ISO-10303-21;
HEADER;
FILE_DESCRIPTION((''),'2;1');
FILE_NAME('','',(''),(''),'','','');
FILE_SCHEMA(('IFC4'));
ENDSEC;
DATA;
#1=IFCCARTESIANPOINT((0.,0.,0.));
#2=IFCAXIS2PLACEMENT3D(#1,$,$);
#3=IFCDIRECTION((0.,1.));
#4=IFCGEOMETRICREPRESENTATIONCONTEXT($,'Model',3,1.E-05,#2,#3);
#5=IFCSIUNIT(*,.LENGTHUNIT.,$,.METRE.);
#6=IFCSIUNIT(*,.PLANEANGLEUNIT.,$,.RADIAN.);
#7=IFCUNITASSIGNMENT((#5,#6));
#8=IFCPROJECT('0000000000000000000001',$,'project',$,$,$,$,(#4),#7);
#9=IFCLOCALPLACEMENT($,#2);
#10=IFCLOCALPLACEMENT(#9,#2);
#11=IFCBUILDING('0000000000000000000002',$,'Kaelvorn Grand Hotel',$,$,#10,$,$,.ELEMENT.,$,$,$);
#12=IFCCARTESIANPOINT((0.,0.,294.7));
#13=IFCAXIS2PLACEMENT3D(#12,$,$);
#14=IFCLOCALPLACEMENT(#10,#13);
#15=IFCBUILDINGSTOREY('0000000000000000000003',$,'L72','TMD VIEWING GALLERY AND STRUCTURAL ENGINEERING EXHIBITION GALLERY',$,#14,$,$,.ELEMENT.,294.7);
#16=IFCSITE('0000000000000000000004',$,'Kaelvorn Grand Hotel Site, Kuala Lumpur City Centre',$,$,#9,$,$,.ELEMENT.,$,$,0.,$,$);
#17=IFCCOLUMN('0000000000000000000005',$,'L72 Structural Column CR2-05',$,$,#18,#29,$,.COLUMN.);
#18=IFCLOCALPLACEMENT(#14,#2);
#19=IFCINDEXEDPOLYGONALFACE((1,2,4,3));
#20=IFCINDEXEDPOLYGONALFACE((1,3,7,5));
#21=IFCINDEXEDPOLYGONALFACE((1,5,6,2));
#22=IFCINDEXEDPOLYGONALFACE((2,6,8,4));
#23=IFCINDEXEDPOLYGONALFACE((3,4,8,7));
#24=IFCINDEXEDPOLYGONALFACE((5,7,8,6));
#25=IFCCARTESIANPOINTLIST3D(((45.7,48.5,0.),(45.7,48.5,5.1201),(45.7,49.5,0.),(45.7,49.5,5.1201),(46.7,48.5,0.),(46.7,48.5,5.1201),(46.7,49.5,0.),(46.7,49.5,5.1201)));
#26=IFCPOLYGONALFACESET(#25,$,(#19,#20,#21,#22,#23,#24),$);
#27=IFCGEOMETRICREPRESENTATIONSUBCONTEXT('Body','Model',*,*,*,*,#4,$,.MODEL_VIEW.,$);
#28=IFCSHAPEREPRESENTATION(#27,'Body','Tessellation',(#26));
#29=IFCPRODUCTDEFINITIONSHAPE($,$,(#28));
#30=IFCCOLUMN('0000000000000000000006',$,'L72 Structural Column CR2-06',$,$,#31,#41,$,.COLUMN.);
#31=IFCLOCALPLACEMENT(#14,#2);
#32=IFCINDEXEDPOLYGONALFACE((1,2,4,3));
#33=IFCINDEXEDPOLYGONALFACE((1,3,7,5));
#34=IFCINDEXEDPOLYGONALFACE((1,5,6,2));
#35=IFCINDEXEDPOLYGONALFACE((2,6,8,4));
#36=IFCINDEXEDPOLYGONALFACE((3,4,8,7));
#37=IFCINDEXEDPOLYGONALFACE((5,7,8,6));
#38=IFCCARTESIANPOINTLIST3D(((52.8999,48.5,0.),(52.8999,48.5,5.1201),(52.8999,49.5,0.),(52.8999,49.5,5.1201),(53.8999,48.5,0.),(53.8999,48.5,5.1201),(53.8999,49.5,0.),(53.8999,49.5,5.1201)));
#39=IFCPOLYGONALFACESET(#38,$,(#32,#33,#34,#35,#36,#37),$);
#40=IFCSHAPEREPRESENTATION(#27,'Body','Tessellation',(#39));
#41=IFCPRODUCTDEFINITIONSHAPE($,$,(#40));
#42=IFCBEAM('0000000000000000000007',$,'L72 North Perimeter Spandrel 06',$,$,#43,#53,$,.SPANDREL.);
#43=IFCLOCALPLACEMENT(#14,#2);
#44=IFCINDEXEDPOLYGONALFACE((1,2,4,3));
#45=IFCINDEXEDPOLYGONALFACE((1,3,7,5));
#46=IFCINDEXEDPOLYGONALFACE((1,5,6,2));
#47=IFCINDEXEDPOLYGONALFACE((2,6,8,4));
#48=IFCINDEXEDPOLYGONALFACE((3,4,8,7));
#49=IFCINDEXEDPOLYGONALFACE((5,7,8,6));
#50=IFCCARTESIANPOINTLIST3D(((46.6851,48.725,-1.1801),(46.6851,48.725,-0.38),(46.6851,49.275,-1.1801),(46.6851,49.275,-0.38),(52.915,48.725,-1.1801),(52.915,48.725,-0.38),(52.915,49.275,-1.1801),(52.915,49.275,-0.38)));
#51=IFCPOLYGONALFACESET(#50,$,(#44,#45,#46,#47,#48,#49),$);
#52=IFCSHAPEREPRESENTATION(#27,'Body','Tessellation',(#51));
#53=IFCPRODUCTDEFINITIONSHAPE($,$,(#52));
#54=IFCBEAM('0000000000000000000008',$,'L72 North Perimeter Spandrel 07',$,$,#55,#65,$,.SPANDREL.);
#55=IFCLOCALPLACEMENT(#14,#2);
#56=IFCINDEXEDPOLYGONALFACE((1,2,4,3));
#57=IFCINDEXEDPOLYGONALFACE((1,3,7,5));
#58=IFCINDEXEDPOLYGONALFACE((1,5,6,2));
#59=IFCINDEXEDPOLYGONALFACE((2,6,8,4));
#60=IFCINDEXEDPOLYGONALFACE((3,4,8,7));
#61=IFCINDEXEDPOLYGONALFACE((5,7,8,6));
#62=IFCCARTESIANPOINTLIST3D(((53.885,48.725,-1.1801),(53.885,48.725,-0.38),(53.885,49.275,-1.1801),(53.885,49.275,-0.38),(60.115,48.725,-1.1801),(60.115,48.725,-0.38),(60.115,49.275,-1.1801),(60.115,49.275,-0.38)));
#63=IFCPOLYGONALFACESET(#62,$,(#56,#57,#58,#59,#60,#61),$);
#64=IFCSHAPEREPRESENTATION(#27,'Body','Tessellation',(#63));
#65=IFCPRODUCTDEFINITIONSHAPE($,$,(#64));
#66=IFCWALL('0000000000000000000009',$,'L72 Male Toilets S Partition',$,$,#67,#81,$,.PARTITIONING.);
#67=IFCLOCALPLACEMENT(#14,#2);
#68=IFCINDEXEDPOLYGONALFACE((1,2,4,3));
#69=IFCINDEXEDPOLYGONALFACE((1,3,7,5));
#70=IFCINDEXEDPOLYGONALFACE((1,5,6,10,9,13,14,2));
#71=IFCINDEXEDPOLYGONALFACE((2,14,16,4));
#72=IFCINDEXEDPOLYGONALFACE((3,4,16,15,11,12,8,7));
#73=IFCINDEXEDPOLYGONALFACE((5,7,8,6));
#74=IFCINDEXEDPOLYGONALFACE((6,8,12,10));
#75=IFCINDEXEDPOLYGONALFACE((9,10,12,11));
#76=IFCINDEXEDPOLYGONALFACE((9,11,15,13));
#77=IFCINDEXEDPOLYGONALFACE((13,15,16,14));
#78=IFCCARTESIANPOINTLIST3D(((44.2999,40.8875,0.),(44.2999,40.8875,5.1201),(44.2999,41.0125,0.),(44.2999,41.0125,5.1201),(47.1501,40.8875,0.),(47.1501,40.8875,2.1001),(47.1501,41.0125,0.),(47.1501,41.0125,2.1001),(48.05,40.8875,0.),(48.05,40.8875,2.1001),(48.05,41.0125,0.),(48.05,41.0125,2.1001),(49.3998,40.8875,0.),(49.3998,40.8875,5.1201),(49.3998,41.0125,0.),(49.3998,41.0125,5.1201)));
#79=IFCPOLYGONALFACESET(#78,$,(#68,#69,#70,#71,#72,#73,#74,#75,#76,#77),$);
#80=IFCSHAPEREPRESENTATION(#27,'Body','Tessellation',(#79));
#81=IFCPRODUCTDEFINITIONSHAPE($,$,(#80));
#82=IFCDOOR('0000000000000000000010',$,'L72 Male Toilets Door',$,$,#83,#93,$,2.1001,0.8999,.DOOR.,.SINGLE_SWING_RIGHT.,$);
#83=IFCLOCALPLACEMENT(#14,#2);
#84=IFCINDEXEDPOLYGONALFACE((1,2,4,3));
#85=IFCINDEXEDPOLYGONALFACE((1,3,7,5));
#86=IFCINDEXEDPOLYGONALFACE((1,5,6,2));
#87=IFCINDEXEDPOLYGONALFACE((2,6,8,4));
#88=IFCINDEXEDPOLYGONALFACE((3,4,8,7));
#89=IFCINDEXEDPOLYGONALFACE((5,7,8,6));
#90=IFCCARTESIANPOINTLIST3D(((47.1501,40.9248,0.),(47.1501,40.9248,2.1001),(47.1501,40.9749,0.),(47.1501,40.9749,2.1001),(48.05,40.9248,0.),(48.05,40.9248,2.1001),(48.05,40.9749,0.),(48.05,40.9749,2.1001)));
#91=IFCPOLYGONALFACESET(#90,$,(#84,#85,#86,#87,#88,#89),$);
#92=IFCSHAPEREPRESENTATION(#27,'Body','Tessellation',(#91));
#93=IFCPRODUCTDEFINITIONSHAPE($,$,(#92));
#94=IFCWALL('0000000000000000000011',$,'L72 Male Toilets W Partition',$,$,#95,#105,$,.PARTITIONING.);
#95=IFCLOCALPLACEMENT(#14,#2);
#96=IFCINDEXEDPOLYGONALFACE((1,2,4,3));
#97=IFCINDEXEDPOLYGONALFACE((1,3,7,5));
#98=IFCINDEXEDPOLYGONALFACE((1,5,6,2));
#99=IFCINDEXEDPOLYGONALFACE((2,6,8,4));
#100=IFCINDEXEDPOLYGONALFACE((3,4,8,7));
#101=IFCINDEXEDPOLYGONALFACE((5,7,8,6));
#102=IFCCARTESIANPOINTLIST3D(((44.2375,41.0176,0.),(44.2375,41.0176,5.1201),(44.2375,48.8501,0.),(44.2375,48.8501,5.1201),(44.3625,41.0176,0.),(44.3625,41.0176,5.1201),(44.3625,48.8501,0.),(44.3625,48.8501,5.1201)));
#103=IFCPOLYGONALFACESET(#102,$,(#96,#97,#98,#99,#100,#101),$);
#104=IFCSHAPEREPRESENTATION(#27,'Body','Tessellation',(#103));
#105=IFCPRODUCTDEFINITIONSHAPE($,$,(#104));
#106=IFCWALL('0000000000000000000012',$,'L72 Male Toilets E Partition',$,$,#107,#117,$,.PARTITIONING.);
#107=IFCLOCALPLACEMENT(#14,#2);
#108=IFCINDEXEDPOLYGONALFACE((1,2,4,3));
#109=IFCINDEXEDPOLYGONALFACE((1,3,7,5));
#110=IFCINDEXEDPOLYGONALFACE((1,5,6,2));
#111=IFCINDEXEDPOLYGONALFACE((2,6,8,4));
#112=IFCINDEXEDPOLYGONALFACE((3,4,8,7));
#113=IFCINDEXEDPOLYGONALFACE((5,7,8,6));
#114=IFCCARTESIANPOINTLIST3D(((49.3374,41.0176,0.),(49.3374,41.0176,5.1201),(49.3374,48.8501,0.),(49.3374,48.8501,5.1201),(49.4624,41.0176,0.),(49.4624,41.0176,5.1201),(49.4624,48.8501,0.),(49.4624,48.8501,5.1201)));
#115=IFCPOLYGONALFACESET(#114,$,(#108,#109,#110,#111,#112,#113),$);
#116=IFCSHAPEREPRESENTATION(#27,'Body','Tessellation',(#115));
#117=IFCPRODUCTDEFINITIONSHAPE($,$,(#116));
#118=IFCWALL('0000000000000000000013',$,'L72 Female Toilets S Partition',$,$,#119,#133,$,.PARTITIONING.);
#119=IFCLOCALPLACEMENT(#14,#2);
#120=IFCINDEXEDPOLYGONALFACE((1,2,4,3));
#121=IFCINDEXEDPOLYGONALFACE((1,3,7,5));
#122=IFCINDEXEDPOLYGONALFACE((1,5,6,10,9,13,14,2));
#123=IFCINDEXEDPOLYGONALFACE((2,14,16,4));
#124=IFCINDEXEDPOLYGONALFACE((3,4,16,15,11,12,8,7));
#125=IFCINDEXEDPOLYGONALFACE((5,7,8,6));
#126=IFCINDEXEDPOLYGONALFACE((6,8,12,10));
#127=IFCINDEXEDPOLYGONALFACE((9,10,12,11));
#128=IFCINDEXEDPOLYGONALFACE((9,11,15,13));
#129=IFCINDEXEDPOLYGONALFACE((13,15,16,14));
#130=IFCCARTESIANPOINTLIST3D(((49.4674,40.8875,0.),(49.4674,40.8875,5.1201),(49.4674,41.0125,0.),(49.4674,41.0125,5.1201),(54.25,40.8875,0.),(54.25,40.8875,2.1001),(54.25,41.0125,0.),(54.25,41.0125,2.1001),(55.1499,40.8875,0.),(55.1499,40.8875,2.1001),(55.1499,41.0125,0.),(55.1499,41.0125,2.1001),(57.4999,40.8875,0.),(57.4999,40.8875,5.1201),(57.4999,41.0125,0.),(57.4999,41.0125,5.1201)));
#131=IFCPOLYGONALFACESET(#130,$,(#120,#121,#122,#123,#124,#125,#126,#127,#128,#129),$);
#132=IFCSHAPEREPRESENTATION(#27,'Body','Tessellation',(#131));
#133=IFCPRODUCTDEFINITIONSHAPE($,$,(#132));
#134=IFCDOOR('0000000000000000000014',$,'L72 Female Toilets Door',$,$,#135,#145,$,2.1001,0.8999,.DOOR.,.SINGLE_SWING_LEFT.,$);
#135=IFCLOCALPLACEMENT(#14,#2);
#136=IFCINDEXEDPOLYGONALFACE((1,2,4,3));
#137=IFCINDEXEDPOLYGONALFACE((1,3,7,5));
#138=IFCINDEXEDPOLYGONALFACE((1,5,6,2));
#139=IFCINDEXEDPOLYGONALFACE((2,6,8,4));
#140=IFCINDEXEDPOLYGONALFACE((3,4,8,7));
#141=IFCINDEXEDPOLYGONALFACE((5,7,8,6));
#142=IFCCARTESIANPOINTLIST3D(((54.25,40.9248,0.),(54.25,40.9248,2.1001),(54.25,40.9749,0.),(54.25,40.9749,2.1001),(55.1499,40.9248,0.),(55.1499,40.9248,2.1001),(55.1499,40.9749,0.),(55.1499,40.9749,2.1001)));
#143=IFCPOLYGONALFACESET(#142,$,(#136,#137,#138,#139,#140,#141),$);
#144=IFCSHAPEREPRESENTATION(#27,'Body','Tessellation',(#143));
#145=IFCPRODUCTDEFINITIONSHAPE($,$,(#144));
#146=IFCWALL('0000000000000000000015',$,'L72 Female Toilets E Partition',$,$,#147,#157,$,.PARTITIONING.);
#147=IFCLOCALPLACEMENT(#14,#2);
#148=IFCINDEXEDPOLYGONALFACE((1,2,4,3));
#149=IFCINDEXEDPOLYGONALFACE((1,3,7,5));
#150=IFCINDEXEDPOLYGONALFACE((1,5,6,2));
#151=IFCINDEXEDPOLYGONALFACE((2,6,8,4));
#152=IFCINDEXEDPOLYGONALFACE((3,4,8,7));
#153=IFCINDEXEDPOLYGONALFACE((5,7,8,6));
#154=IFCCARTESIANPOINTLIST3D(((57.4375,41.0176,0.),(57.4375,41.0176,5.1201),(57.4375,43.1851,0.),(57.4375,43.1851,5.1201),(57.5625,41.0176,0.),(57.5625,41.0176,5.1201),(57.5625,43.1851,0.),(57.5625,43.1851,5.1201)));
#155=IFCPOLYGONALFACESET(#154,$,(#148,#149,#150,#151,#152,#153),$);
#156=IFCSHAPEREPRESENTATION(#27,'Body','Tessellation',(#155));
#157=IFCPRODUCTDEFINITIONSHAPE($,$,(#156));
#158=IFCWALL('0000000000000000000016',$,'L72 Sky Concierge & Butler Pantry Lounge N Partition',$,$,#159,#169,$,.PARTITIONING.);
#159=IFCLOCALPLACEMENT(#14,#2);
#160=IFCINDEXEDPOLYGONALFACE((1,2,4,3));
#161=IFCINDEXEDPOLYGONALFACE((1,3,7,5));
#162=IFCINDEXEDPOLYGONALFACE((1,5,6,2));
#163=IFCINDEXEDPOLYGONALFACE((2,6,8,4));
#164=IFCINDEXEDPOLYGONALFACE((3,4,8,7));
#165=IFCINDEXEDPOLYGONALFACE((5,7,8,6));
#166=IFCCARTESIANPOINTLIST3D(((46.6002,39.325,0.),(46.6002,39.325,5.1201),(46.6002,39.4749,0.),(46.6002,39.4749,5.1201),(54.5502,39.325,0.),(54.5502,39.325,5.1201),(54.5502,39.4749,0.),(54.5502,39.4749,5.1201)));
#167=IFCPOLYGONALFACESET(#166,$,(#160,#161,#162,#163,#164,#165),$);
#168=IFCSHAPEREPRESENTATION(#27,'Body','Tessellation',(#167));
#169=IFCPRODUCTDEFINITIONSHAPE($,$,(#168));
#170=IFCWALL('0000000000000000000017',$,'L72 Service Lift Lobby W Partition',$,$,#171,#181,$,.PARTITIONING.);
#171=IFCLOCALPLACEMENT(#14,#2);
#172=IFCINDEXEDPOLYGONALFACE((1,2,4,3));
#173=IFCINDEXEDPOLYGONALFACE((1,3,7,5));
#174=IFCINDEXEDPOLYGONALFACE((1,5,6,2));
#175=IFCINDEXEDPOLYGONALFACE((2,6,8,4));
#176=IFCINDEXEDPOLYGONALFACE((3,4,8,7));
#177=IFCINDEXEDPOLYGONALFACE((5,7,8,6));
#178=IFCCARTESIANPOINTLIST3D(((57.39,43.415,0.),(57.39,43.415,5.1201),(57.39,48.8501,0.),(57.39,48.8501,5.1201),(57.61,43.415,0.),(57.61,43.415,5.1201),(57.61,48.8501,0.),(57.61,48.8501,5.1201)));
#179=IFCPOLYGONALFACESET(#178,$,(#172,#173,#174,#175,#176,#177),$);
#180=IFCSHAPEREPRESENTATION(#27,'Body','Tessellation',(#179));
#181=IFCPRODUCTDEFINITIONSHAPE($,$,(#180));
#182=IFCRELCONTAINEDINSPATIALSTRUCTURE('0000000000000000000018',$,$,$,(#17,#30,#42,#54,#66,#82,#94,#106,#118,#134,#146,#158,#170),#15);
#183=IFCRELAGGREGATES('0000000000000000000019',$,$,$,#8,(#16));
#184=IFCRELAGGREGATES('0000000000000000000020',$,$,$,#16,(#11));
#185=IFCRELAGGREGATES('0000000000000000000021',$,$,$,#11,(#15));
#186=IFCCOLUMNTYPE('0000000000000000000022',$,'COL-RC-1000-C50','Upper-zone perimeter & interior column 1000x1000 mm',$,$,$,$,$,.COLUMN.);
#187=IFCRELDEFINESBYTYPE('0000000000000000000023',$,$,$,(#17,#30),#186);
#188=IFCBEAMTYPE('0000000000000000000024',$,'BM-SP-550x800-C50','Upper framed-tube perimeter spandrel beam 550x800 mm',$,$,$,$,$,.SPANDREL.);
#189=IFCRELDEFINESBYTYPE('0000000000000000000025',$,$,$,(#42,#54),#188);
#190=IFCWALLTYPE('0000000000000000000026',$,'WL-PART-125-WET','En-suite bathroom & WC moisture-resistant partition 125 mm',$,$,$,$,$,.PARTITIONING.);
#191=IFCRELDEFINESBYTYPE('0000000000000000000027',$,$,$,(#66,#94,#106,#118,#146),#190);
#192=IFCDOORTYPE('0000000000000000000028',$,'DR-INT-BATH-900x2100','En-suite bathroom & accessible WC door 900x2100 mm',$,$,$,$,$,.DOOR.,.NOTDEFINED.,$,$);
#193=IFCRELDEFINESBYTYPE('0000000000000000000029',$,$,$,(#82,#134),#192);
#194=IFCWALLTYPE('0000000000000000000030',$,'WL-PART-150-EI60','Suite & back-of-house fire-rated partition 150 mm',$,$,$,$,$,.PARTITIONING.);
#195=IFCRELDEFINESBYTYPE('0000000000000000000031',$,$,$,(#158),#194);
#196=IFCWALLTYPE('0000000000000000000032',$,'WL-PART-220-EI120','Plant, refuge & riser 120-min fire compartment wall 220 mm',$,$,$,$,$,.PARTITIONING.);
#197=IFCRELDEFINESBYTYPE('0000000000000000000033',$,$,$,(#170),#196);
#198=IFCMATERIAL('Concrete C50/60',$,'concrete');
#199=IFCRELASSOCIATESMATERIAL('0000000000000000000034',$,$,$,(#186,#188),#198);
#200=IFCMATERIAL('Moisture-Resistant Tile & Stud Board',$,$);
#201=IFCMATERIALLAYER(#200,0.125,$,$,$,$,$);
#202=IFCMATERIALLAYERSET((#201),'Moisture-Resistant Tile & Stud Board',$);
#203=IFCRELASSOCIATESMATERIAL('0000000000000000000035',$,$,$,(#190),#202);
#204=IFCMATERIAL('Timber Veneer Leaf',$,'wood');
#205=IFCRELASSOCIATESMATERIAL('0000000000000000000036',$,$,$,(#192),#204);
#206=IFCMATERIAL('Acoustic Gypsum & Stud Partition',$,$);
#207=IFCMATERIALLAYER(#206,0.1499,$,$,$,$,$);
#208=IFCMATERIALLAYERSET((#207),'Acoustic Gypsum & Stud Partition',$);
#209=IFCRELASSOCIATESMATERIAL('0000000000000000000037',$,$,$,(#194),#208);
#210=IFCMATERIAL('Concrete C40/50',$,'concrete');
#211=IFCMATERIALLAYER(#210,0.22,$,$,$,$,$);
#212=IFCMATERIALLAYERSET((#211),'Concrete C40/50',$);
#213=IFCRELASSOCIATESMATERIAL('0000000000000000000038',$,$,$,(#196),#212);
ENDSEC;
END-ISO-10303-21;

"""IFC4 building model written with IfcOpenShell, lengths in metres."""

from ifc_helpers import new_model, si_unit, direction, frame, frame_2d, origin, origin_2d, place, context, subcontext, project, spatial, rectangle, extrude, material, layer, layer_set, material_profile, profile_set, type_object, element, fill, save


model = new_model("IFC4")

# Units and contexts
model_context = context("Model", 3, precision=1e-05, world=origin(), true_north=direction((0.0, 1.0)))
body_context = subcontext(model_context, "Body", "Model", "MODEL_VIEW")
ifc_project = project(units=[si_unit("LENGTHUNIT", "METRE"), si_unit("PLANEANGLEUNIT", "RADIAN")], contexts=[model_context])

# Site, building, storey
site_placement = place(None, origin())
site = spatial("IfcSite", under=ifc_project, at=site_placement, Name="Kaelvorn Grand Hotel Site, Kuala Lumpur City Centre", CompositionType="ELEMENT", RefElevation=0.0)
building_placement = place(site_placement, origin())
building = spatial("IfcBuilding", under=site, at=building_placement, Name="Kaelvorn Grand Hotel", CompositionType="ELEMENT")
storey_placement = place(building_placement, frame((0.0, 0.0, 294.7)))
storey = spatial("IfcBuildingStorey", under=building, at=storey_placement, Name="L72", Description="TMD VIEWING GALLERY AND STRUCTURAL ENGINEERING EXHIBITION GALLERY", CompositionType="ELEMENT", Elevation=294.7)

# Columns
ifc_material_1 = material(Name="Concrete C50/60", Category="concrete")
ifc_material_profile_1 = material_profile(ifc_material_1, rectangle(XDim=1.0, YDim=1.0, at=origin_2d()), Name="RC COL 1000x1000")
ifc_profile_set_1 = profile_set([ifc_material_profile_1], Name="Concrete C50/60")
column_type = type_object("IfcColumnType", Name="COL-RC-1000-C50", Description="Upper-zone perimeter & interior column 1000x1000 mm", PredefinedType="COLUMN", material=ifc_profile_set_1)
for number, where, z_axis, x_axis, name in (
    (1, (46.2, 49.0, 0.0), (0.0, 0.0, 1.0), (1.0, 0.0, 0.0), "L72 Structural Column CR2-05"),
    (2, (53.3999, 49.0, 0.0), (0.0, 0.0, 1.0), (1.0, 0.0, 0.0), "L72 Structural Column CR2-06"),
):
    element("IfcColumn", number, at=place(storey_placement, frame(where, z_axis=z_axis, x_axis=x_axis)), inside=storey, type_object=column_type, Name=name, PredefinedType="COLUMN", context=body_context, shape_type="SweptSolid", body=[
        extrude(rectangle(XDim=1.0, YDim=1.0, at=origin_2d()), origin(), (0.0, 0.0, 1.0), 5.1201),
    ])

# Beams
ifc_material_profile_2 = material_profile(ifc_material_1, rectangle(XDim=0.55, YDim=0.8, at=origin_2d()), Name="RC SPANDREL 550x800")
ifc_profile_set_2 = profile_set([ifc_material_profile_2], Name="Concrete C50/60")
beam_type = type_object("IfcBeamType", Name="BM-SP-550x800-C50", Description="Upper framed-tube perimeter spandrel beam 550x800 mm", PredefinedType="SPANDREL", material=ifc_profile_set_2)
for number, where, z_axis, x_axis, name in (
    (3, (46.6851, 49.0, -0.78), (1.0, 0.0, 0.0), (0.0, 1.0, 0.0), "L72 North Perimeter Spandrel 06"),
    (4, (53.885, 49.0, -0.78), (1.0, 0.0, 0.0), (0.0, 1.0, 0.0), "L72 North Perimeter Spandrel 07"),
):
    element("IfcBeam", number, at=place(storey_placement, frame(where, z_axis=z_axis, x_axis=x_axis)), inside=storey, type_object=beam_type, Name=name, PredefinedType="SPANDREL", context=body_context, shape_type="SweptSolid", body=[
        extrude(rectangle(XDim=0.55, YDim=0.8, at=origin_2d()), origin(), (0.0, 0.0, 1.0), 6.23),
    ])

# Wall, opening, door
ifc_material_2 = material(Name="Moisture-Resistant Tile & Stud Board")
ifc_layer_1 = layer(ifc_material_2, 0.125)
ifc_layer_set_1 = layer_set([ifc_layer_1], Name="Moisture-Resistant Tile & Stud Board")
wall_type_1 = type_object("IfcWallType", Name="WL-PART-125-WET", Description="En-suite bathroom & WC moisture-resistant partition 125 mm", PredefinedType="PARTITIONING", material=ifc_layer_set_1)
wall_1_placement = place(storey_placement, frame((44.3, 40.95, 0.0), z_axis=(0.0, 0.0, 1.0), x_axis=(1.0, 0.0, 0.0)))
wall_1 = element("IfcWall", 5, at=wall_1_placement, inside=storey, type_object=wall_type_1, Name="L72 Male Toilets S Partition", PredefinedType="PARTITIONING", context=body_context, shape_type="SweptSolid", body=[
    extrude(rectangle(XDim=5.0999, YDim=0.125, at=frame_2d((2.5498, 0.0))), origin(), (0.0, 0.0, 1.0), 5.1201),
])
opening_1_placement = place(wall_1_placement, frame((2.8501, 0.0, 0.0)))
opening_1 = element("IfcOpeningElement", 6, at=opening_1_placement, cuts=wall_1, PredefinedType="OPENING", context=body_context, shape_type="SweptSolid", body=[
    extrude(rectangle(XDim=0.8999, YDim=2.1001, at=frame_2d((0.45, 1.05))), frame((0.0, 0.0725, 0.0), z_axis=(0.0, -1.0, 0.0), x_axis=(1.0, 0.0, 0.0)), (0.0, 0.0, 1.0), 0.145),
])
ifc_material_3 = material(Name="Timber Veneer Leaf", Category="wood")
door_type_1 = type_object("IfcDoorType", Name="DR-INT-BATH-900x2100", Description="En-suite bathroom & accessible WC door 900x2100 mm", OperationType="NOTDEFINED", PredefinedType="DOOR", material=ifc_material_3)
door_1_placement = place(opening_1_placement, origin())
door_1 = element("IfcDoor", 7, at=door_1_placement, inside=storey, type_object=door_type_1, Name="L72 Male Toilets Door", OperationType="SINGLE_SWING_RIGHT", OverallHeight=2.1001, OverallWidth=0.8999, PredefinedType="DOOR", context=body_context, shape_type="SweptSolid", body=[
    extrude(rectangle(XDim=0.8999, YDim=2.1001, at=frame_2d((0.45, 1.05))), frame((0.0, 0.0249, 0.0), z_axis=(0.0, -1.0, 0.0), x_axis=(1.0, 0.0, 0.0)), (0.0, 0.0, 1.0), 0.05),
])
fill(opening_1, door_1)

# Walls
for number, where, z_axis, x_axis, name in (
    (8, (44.3, 41.0176, 0.0), (0.0, 0.0, 1.0), (0.0, 1.0, 0.0), "L72 Male Toilets W Partition"),
    (9, (49.3999, 41.0176, 0.0), (0.0, 0.0, 1.0), (0.0, 1.0, 0.0), "L72 Male Toilets E Partition"),
):
    element("IfcWall", number, at=place(storey_placement, frame(where, z_axis=z_axis, x_axis=x_axis)), inside=storey, type_object=wall_type_1, Name=name, PredefinedType="PARTITIONING", context=body_context, shape_type="SweptSolid", body=[
        extrude(rectangle(XDim=7.8325, YDim=0.125, at=frame_2d((3.9163, 0.0))), origin(), (0.0, 0.0, 1.0), 5.1201),
    ])

# Wall, opening, door
wall_2_placement = place(storey_placement, frame((49.4675, 40.95, 0.0), z_axis=(0.0, 0.0, 1.0), x_axis=(1.0, 0.0, 0.0)))
wall_2 = element("IfcWall", 10, at=wall_2_placement, inside=storey, type_object=wall_type_1, Name="L72 Female Toilets S Partition", PredefinedType="PARTITIONING", context=body_context, shape_type="SweptSolid", body=[
    extrude(rectangle(XDim=8.0325, YDim=0.125, at=frame_2d((4.0161, 0.0))), origin(), (0.0, 0.0, 1.0), 5.1201),
])
opening_2_placement = place(wall_2_placement, frame((4.7825, 0.0, 0.0)))
opening_2 = element("IfcOpeningElement", 11, at=opening_2_placement, cuts=wall_2, PredefinedType="OPENING", context=body_context, shape_type="SweptSolid", body=[
    extrude(rectangle(XDim=0.8999, YDim=2.1001, at=frame_2d((0.45, 1.05))), frame((0.0, 0.0725, 0.0), z_axis=(0.0, -1.0, 0.0), x_axis=(1.0, 0.0, 0.0)), (0.0, 0.0, 1.0), 0.145),
])
door_2_placement = place(opening_2_placement, origin())
door_2 = element("IfcDoor", 12, at=door_2_placement, inside=storey, type_object=door_type_1, Name="L72 Female Toilets Door", OperationType="SINGLE_SWING_LEFT", OverallHeight=2.1001, OverallWidth=0.8999, PredefinedType="DOOR", context=body_context, shape_type="SweptSolid", body=[
    extrude(rectangle(XDim=0.8999, YDim=2.1001, at=frame_2d((0.45, 1.05))), frame((0.0, 0.0249, 0.0), z_axis=(0.0, -1.0, 0.0), x_axis=(1.0, 0.0, 0.0)), (0.0, 0.0, 1.0), 0.05),
])
fill(opening_2, door_2)

# Walls
wall_3_placement = place(storey_placement, frame((57.5, 41.0176, 0.0), z_axis=(0.0, 0.0, 1.0), x_axis=(0.0, 1.0, 0.0)))
element("IfcWall", 13, at=wall_3_placement, inside=storey, type_object=wall_type_1, Name="L72 Female Toilets E Partition", PredefinedType="PARTITIONING", context=body_context, shape_type="SweptSolid", body=[
    extrude(rectangle(XDim=2.1675, YDim=0.125, at=frame_2d((1.0837, 0.0))), origin(), (0.0, 0.0, 1.0), 5.1201),
])
ifc_material_4 = material(Name="Acoustic Gypsum & Stud Partition")
ifc_layer_2 = layer(ifc_material_4, 0.1499)
ifc_layer_set_2 = layer_set([ifc_layer_2], Name="Acoustic Gypsum & Stud Partition")
wall_type_2 = type_object("IfcWallType", Name="WL-PART-150-EI60", Description="Suite & back-of-house fire-rated partition 150 mm", PredefinedType="PARTITIONING", material=ifc_layer_set_2)
wall_4_placement = place(storey_placement, frame((46.6001, 39.3999, 0.0), z_axis=(0.0, 0.0, 1.0), x_axis=(1.0, 0.0, 0.0)))
element("IfcWall", 14, at=wall_4_placement, inside=storey, type_object=wall_type_2, Name="L72 Sky Concierge & Butler Pantry Lounge N Partition", PredefinedType="PARTITIONING", context=body_context, shape_type="SweptSolid", body=[
    extrude(rectangle(XDim=7.95, YDim=0.1499, at=frame_2d((3.9751, 0.0))), origin(), (0.0, 0.0, 1.0), 5.1201),
])

# Shared definitions
ifc_material_5 = material(Name="Concrete C40/50", Category="concrete")
ifc_layer_3 = layer(ifc_material_5, 0.22)
ifc_layer_set_3 = layer_set([ifc_layer_3], Name="Concrete C40/50")
wall_type_3 = type_object("IfcWallType", Name="WL-PART-220-EI120", Description="Plant, refuge & riser 120-min fire compartment wall 220 mm", PredefinedType="PARTITIONING", material=ifc_layer_set_3)

# Wall
wall_5_placement = place(storey_placement, frame((57.5, 43.415, 0.0), z_axis=(0.0, 0.0, 1.0), x_axis=(0.0, 1.0, 0.0)))
element("IfcWall", 15, at=wall_5_placement, inside=storey, type_object=wall_type_3, Name="L72 Service Lift Lobby W Partition", PredefinedType="PARTITIONING", context=body_context, shape_type="SweptSolid", body=[
    extrude(rectangle(XDim=5.4351, YDim=0.22, at=frame_2d((2.7175, 0.0))), origin(), (0.0, 0.0, 1.0), 5.1201),
])

save(model, "model.ifc")
